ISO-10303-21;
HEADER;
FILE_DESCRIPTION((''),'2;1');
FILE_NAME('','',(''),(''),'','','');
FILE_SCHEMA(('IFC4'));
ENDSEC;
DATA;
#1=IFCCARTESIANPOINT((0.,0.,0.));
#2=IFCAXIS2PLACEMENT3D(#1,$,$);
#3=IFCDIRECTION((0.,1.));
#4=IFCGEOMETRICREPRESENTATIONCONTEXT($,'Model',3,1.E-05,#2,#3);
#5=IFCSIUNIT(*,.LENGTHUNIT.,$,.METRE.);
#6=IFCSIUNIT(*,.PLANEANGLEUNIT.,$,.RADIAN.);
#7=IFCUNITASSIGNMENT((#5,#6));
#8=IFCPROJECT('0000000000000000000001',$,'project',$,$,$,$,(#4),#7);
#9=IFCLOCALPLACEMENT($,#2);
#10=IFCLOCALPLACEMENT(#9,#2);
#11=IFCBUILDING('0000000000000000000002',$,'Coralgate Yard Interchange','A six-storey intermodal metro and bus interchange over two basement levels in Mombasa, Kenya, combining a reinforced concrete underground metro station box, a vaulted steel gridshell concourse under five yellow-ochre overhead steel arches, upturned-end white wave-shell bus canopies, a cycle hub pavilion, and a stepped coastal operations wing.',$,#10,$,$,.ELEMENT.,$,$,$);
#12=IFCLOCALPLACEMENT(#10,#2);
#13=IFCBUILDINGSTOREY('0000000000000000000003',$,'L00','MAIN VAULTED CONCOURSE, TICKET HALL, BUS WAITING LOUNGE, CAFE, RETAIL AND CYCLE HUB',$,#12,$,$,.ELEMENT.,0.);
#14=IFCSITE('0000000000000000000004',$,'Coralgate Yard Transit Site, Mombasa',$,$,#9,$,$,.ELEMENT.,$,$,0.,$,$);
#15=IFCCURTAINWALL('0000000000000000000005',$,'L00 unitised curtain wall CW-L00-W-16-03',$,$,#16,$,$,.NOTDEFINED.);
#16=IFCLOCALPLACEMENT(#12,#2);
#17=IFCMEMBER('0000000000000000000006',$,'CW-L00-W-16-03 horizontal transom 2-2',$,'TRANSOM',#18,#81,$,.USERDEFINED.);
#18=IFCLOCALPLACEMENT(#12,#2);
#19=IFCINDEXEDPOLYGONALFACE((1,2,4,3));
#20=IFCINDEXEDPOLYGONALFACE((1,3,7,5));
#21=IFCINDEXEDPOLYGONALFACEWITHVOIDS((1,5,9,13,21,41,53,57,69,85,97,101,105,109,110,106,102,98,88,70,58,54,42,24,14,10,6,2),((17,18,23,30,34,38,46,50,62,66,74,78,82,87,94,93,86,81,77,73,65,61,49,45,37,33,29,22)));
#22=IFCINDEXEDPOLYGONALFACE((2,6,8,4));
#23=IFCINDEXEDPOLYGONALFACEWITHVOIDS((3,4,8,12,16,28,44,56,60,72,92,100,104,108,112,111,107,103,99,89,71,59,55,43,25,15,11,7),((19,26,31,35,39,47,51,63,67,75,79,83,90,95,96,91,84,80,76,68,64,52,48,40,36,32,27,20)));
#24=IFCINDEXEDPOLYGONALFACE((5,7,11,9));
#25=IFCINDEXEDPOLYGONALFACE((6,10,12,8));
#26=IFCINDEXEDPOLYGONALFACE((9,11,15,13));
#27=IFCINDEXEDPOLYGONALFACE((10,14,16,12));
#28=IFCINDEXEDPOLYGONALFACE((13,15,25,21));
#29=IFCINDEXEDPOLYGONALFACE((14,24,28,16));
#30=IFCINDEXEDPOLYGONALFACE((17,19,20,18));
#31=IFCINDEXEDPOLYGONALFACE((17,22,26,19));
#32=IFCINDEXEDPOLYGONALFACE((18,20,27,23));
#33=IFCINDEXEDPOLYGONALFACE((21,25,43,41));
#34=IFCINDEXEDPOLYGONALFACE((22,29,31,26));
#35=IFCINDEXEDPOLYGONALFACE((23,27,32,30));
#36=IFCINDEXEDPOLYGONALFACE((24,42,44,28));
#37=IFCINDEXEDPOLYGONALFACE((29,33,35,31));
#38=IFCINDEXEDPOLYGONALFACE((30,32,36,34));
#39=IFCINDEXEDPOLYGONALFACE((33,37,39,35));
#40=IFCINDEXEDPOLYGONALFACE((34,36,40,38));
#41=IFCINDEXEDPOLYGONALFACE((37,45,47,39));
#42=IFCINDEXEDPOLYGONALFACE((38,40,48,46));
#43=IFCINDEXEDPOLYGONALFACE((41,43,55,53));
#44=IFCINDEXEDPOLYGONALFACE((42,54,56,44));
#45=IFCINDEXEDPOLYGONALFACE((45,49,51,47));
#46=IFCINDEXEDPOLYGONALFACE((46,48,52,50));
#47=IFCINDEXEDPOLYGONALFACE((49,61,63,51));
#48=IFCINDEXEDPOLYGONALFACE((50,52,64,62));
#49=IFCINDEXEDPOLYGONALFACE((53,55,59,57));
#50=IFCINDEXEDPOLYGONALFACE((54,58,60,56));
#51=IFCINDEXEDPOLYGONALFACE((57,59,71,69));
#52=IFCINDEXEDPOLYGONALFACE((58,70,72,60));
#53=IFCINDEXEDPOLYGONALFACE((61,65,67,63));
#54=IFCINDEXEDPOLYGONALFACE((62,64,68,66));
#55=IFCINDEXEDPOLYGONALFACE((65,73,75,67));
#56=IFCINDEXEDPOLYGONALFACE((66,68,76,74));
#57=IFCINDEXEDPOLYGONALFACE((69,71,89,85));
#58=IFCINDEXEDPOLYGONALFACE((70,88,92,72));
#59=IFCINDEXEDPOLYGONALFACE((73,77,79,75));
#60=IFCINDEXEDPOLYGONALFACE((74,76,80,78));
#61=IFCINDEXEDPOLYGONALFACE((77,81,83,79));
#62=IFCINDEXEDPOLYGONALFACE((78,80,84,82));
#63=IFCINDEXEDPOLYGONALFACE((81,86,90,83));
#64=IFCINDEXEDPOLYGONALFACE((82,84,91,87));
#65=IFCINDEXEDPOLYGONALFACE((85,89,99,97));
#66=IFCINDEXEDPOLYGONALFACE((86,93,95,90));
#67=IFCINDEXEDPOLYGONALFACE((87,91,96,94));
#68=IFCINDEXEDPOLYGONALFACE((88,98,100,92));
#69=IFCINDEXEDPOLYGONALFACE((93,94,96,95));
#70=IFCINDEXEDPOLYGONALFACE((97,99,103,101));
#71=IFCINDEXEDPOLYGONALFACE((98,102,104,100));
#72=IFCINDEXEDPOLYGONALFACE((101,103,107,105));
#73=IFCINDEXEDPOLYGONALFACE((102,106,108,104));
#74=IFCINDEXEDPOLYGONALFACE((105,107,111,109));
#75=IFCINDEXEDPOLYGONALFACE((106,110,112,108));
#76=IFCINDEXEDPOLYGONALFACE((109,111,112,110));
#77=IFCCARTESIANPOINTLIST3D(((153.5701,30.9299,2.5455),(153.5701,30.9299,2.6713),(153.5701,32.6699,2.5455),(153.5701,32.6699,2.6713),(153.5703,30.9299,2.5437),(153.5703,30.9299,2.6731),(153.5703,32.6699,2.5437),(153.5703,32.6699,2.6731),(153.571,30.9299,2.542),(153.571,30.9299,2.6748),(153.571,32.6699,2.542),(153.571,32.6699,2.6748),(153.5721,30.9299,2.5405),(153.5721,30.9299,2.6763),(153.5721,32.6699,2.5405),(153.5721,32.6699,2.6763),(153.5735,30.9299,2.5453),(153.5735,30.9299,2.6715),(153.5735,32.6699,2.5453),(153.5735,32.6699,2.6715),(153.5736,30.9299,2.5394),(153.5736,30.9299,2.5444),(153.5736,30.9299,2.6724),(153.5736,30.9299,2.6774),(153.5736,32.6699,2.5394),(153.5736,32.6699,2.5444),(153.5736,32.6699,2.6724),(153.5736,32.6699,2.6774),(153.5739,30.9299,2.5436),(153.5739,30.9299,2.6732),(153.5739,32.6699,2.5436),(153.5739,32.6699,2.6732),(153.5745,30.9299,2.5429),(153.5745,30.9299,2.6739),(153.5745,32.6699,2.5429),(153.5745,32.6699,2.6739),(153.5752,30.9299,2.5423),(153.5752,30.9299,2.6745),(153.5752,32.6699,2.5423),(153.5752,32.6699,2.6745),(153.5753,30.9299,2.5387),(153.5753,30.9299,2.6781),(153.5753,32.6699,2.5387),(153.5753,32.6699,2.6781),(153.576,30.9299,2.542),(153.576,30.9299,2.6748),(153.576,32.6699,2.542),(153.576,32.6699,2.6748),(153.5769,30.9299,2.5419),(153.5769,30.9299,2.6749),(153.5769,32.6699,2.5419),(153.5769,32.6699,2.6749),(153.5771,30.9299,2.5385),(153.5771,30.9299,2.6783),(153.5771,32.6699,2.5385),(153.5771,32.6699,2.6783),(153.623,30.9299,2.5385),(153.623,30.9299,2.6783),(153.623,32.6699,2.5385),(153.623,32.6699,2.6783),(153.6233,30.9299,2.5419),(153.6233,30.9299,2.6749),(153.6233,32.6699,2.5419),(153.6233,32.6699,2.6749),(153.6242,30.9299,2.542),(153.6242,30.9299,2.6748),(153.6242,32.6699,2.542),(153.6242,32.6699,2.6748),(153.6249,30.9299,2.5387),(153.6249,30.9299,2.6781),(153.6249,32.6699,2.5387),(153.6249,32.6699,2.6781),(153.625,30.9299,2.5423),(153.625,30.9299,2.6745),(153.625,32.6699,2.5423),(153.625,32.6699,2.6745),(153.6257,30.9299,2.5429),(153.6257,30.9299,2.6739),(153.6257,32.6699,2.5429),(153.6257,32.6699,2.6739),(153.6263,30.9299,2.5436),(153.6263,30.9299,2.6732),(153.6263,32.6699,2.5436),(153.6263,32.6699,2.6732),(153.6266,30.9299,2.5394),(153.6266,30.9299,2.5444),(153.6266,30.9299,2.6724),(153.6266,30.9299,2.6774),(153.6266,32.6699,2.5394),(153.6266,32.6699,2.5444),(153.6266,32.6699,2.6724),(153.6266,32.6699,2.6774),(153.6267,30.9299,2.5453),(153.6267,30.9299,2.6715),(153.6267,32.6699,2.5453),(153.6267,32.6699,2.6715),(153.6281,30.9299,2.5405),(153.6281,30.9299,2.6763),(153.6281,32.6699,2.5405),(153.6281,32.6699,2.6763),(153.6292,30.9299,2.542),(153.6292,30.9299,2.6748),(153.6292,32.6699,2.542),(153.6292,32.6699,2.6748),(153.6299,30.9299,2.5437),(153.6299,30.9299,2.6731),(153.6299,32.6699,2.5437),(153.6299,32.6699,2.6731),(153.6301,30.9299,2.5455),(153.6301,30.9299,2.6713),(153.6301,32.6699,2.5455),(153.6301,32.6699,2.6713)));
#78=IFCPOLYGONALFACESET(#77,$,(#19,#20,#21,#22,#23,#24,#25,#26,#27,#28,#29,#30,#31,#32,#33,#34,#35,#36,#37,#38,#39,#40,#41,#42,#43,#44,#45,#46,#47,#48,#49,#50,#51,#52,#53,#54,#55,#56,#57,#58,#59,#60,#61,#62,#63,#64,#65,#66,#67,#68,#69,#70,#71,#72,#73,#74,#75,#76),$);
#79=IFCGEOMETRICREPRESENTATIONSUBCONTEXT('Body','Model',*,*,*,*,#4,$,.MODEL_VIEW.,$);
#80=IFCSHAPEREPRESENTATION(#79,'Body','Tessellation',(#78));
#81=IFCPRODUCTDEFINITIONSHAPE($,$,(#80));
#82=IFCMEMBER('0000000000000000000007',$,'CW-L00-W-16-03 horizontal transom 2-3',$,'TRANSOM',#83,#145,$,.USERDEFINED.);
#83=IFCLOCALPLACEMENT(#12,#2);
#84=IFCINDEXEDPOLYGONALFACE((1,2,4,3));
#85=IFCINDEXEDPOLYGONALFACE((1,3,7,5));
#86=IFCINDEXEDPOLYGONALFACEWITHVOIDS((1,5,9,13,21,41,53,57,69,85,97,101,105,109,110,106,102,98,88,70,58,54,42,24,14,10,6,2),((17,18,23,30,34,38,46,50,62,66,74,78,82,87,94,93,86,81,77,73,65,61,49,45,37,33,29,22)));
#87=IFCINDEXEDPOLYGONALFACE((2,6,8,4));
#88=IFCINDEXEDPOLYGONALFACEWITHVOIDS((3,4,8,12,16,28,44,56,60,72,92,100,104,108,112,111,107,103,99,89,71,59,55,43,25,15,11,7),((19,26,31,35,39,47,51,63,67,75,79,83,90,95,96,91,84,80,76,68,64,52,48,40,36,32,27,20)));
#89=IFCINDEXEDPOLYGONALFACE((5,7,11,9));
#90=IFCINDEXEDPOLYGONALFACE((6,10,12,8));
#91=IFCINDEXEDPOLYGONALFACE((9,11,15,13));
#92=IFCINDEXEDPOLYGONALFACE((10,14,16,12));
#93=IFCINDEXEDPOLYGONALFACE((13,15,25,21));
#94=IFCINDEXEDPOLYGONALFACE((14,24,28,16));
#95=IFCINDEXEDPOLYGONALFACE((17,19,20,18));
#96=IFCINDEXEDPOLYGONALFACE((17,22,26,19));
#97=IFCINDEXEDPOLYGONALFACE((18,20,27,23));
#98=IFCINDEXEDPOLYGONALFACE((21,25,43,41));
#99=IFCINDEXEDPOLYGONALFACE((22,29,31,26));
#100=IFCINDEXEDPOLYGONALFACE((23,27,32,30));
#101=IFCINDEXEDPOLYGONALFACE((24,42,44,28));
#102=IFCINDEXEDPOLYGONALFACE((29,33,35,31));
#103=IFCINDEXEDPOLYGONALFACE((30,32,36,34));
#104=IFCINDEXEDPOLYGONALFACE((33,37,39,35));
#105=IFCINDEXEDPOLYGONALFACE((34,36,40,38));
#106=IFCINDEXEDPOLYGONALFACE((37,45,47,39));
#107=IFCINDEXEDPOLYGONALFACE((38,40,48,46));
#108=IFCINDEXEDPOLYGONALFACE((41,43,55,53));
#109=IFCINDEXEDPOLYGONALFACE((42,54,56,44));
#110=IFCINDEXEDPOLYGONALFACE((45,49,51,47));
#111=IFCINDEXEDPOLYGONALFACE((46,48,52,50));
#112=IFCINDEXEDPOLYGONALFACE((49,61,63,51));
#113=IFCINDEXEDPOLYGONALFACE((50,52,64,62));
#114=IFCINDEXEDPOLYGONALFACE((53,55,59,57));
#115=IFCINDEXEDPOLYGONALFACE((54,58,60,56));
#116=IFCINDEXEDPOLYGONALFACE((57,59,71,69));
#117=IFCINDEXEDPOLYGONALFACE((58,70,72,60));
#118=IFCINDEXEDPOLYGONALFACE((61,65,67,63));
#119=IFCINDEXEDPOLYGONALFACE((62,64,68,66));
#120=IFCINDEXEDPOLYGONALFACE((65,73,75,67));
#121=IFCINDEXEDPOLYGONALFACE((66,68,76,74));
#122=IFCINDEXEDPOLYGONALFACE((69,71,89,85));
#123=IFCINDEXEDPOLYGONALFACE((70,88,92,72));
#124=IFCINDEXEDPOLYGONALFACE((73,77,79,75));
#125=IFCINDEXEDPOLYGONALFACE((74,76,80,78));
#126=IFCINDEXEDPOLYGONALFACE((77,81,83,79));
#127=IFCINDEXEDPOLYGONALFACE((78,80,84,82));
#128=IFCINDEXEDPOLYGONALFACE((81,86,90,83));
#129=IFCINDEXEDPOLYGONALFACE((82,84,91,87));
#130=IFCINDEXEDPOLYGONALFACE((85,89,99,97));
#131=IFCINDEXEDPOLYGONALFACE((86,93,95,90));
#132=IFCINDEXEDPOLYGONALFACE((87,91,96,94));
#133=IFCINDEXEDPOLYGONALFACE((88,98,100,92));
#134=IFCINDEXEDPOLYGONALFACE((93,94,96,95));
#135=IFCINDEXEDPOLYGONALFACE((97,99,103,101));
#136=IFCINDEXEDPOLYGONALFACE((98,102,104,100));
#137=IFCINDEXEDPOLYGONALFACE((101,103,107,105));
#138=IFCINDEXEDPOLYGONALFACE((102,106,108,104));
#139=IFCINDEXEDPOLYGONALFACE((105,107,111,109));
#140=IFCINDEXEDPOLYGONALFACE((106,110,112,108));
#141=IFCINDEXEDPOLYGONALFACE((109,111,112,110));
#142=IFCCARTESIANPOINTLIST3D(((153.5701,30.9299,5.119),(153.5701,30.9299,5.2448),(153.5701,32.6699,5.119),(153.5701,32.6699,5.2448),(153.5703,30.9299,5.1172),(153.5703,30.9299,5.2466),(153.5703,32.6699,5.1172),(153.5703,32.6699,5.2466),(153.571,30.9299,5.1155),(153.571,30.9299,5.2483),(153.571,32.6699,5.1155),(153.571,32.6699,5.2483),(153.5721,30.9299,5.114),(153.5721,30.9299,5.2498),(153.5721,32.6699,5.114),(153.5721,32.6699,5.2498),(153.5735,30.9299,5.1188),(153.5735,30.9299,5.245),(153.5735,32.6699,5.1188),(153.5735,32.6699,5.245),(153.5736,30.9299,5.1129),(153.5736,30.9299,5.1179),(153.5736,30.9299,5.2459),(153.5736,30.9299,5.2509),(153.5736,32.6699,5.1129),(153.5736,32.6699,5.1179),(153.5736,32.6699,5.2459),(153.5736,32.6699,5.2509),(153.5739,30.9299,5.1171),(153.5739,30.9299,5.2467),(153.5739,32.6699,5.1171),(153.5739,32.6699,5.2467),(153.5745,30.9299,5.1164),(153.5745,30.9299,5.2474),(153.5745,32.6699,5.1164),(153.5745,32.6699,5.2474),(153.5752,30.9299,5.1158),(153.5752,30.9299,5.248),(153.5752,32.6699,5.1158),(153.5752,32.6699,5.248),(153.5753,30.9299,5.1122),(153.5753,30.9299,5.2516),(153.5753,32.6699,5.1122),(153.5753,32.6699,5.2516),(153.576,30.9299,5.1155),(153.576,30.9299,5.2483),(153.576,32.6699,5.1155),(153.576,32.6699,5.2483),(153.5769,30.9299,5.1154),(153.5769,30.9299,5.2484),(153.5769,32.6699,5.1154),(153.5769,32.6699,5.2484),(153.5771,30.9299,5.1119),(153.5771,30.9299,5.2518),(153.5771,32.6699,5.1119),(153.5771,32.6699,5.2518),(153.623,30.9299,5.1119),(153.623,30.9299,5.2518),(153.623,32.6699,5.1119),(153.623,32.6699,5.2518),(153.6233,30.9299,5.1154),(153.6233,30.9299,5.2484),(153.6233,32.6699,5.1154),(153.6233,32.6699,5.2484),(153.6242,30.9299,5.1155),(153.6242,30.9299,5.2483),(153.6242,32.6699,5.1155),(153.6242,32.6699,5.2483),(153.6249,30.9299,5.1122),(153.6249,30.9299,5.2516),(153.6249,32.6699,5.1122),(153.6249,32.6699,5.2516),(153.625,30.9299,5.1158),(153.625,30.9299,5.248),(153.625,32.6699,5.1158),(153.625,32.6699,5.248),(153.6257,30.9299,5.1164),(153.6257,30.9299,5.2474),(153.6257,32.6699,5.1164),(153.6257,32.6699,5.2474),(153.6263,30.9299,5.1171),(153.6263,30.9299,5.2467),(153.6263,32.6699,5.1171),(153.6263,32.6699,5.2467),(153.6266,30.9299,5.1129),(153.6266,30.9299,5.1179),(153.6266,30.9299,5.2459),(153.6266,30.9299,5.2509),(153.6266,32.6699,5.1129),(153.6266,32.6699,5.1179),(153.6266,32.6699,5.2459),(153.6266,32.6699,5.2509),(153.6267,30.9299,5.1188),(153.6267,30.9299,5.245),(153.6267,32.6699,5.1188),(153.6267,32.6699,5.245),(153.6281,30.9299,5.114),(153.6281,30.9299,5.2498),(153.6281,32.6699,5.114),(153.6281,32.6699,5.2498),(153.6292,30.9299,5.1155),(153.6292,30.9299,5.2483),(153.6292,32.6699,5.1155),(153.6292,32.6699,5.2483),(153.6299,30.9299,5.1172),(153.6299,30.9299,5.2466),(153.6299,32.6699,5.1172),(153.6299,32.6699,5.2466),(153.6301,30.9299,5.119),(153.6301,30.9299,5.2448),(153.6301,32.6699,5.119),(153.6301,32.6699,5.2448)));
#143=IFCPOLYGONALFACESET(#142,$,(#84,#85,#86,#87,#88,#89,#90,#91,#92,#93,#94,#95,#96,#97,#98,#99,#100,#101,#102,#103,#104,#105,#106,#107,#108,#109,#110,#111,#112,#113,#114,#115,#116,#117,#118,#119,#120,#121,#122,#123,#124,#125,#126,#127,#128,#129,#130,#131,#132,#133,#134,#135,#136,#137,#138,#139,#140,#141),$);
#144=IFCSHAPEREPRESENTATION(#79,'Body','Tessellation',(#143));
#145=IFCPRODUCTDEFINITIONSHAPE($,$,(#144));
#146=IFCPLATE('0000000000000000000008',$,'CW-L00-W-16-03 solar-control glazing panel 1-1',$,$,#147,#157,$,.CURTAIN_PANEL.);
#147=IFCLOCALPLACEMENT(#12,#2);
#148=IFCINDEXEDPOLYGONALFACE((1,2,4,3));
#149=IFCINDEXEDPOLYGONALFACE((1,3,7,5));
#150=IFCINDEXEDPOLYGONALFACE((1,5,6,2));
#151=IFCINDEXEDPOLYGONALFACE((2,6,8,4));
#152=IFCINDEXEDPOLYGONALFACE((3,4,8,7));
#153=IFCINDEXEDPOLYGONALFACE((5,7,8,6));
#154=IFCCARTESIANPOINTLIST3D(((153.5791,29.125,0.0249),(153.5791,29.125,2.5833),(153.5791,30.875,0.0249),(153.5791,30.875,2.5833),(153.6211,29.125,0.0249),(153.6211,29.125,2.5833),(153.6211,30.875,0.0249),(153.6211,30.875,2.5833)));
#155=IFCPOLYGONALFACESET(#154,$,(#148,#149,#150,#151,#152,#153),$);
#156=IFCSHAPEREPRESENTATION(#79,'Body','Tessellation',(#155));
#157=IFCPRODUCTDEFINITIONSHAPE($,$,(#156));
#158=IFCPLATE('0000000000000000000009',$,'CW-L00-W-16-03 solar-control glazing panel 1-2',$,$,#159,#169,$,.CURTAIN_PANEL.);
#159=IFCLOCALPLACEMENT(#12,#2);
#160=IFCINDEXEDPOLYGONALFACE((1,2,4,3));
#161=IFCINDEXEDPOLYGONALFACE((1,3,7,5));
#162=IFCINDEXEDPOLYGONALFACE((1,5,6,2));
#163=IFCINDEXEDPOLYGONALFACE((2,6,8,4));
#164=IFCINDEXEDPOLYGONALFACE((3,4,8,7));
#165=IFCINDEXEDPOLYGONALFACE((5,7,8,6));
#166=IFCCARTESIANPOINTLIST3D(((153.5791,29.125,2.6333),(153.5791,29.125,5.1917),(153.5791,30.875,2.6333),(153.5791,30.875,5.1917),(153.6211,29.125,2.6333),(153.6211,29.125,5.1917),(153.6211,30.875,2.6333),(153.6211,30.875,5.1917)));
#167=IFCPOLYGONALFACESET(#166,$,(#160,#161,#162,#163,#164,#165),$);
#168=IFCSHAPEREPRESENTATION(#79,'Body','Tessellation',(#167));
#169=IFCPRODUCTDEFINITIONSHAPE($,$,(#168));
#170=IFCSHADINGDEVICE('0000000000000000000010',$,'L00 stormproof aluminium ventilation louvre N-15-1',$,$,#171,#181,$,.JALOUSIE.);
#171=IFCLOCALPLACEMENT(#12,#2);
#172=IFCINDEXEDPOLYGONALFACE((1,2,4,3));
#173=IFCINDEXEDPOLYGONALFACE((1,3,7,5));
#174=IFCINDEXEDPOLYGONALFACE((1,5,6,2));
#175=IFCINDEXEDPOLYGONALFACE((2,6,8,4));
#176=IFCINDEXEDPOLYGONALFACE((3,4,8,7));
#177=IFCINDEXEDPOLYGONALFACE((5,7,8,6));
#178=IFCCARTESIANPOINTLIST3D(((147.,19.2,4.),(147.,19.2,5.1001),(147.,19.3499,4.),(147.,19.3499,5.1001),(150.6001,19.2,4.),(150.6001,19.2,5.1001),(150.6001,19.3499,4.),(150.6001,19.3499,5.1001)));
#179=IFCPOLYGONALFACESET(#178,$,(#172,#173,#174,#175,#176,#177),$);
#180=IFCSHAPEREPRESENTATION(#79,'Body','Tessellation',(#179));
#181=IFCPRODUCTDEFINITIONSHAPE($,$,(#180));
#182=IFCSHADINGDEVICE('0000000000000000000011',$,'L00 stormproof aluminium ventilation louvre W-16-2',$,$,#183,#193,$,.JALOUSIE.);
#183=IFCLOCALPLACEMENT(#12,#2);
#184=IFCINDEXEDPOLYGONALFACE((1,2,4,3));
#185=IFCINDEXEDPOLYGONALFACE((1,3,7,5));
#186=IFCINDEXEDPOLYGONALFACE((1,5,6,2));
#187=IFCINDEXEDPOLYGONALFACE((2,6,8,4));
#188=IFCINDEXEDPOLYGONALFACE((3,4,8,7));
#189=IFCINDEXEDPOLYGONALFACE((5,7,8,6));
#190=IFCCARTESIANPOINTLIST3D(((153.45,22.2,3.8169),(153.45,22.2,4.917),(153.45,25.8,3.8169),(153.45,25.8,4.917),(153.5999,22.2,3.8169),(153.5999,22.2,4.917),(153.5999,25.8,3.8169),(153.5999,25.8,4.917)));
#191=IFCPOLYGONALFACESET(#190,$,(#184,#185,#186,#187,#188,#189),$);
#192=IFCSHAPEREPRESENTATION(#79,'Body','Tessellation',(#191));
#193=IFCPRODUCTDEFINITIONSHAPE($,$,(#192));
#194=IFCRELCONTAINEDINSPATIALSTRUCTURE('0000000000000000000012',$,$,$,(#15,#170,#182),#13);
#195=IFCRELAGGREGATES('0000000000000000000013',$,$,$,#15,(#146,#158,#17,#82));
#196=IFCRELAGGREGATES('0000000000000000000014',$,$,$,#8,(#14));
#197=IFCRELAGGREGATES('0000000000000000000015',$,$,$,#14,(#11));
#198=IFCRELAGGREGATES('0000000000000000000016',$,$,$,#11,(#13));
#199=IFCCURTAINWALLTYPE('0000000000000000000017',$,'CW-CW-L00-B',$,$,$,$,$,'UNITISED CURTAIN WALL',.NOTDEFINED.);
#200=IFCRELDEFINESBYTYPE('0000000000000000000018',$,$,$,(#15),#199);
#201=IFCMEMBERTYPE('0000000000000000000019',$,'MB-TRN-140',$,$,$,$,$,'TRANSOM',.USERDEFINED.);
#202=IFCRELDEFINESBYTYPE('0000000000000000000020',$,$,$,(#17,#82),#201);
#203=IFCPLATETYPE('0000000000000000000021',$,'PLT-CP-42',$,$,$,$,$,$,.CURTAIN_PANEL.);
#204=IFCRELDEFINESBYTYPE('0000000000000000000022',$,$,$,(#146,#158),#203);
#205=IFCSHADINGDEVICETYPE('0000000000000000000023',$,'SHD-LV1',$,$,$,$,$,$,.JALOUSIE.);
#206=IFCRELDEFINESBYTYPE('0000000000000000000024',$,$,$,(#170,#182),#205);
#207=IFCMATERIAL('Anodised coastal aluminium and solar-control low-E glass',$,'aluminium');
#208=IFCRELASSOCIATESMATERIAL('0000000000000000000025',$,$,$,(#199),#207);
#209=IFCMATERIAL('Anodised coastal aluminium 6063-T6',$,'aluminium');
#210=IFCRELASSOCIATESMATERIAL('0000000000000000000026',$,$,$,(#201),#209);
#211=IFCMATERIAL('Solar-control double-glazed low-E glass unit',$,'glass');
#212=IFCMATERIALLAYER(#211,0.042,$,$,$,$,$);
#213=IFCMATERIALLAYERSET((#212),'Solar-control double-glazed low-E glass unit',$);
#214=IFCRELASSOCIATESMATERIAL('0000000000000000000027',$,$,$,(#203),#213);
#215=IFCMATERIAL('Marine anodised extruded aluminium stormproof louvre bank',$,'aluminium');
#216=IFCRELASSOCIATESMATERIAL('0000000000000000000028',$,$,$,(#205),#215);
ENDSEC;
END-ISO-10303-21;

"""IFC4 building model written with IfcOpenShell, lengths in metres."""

from ifc_helpers import new_model, si_unit, direction, frame, origin, origin_2d, place, context, subcontext, project, spatial, rectangle, hollow_rectangle, extrude, material, layer, layer_set, material_profile, profile_set, type_object, element, aggregate, save


model = new_model("IFC4")

# Units and contexts
model_context = context("Model", 3, precision=1e-05, world=origin(), true_north=direction((0.0, 1.0)))
body_context = subcontext(model_context, "Body", "Model", "MODEL_VIEW")
ifc_project = project(units=[si_unit("LENGTHUNIT", "METRE"), si_unit("PLANEANGLEUNIT", "RADIAN")], contexts=[model_context])

# Site, building, storey
site_placement = place(None, origin())
site = spatial("IfcSite", under=ifc_project, at=site_placement, Name="Coralgate Yard Transit Site, Mombasa", CompositionType="ELEMENT", RefElevation=0.0)
building_placement = place(site_placement, origin())
building = spatial("IfcBuilding", under=site, at=building_placement, Name="Coralgate Yard Interchange", Description="A six-storey intermodal metro and bus interchange over two basement levels in Mombasa, Kenya, combining a reinforced concrete underground metro station box, a vaulted steel gridshell concourse under five yellow-ochre overhead steel arches, upturned-end white wave-shell bus canopies, a cycle hub pavilion, and a stepped coastal operations wing.", CompositionType="ELEMENT")
storey_placement = place(building_placement, origin())
storey = spatial("IfcBuildingStorey", under=building, at=storey_placement, Name="L00", Description="MAIN VAULTED CONCOURSE, TICKET HALL, BUS WAITING LOUNGE, CAFE, RETAIL AND CYCLE HUB", CompositionType="ELEMENT", Elevation=0.0)

# Curtain wall, members, plates
ifc_material_1 = material(Name="Anodised coastal aluminium and solar-control low-E glass", Category="aluminium")
curtain_wall_type = type_object("IfcCurtainWallType", Name="CW-CW-L00-B", ElementType="UNITISED CURTAIN WALL", PredefinedType="NOTDEFINED", material=ifc_material_1)
curtain_wall_placement = place(storey_placement, origin())
curtain_wall = element("IfcCurtainWall", 1, at=curtain_wall_placement, inside=storey, type_object=curtain_wall_type, Name="L00 unitised curtain wall CW-L00-W-16-03", PredefinedType="NOTDEFINED")
ifc_material_2 = material(Name="Anodised coastal aluminium 6063-T6", Category="aluminium")
ifc_material_profile_1 = material_profile(ifc_material_2, hollow_rectangle(XDim=0.0601, YDim=0.1399, WallThickness=0.0034, InnerFilletRadius=0.0034, OuterFilletRadius=0.0071, at=origin_2d()), Name="ALU 60x140x3.5")
ifc_profile_set_1 = profile_set([ifc_material_profile_1], Name="Anodised coastal aluminium 6063-T6")
member_type_1 = type_object("IfcMemberType", Name="MB-TRN-140", ElementType="TRANSOM", PredefinedType="USERDEFINED", material=ifc_profile_set_1)
member_1_placement = place(storey_placement, frame((153.6001, 30.9299, 2.6084), z_axis=(0.0, 1.0, 0.0), x_axis=(-1.0, 0.0, 0.0)))
member_1 = element("IfcMember", 2, at=member_1_placement, type_object=member_type_1, Name="CW-L00-W-16-03 horizontal transom 2-2", ObjectType="TRANSOM", PredefinedType="USERDEFINED", context=body_context, shape_type="SweptSolid", body=[
    extrude(hollow_rectangle(XDim=0.0601, YDim=0.1399, WallThickness=0.0034, InnerFilletRadius=0.0034, OuterFilletRadius=0.0071, at=origin_2d()), origin(), (0.0, 0.0, 1.0), 1.74),
])
member_2_placement = place(storey_placement, frame((153.6001, 30.9299, 5.1819), z_axis=(0.0, 1.0, 0.0), x_axis=(-1.0, 0.0, 0.0)))
member_2 = element("IfcMember", 3, at=member_2_placement, type_object=member_type_1, Name="CW-L00-W-16-03 horizontal transom 2-3", ObjectType="TRANSOM", PredefinedType="USERDEFINED", context=body_context, shape_type="SweptSolid", body=[
    extrude(hollow_rectangle(XDim=0.0601, YDim=0.1399, WallThickness=0.0034, InnerFilletRadius=0.0034, OuterFilletRadius=0.0071, at=origin_2d()), origin(), (0.0, 0.0, 1.0), 1.74),
])
ifc_material_3 = material(Name="Solar-control double-glazed low-E glass unit", Category="glass")
ifc_layer = layer(ifc_material_3, 0.042)
ifc_layer_set = layer_set([ifc_layer], Name="Solar-control double-glazed low-E glass unit")
plate_type = type_object("IfcPlateType", Name="PLT-CP-42", PredefinedType="CURTAIN_PANEL", material=ifc_layer_set)
plate_1_placement = place(storey_placement, frame((153.6001, 30.0, 0.0249), z_axis=(0.0, 0.0, 1.0), x_axis=(0.0, 1.0, 0.0)))
plate_1 = element("IfcPlate", 4, at=plate_1_placement, type_object=plate_type, Name="CW-L00-W-16-03 solar-control glazing panel 1-1", PredefinedType="CURTAIN_PANEL", context=body_context, shape_type="SweptSolid", body=[
    extrude(rectangle(XDim=1.75, YDim=0.042, at=origin_2d()), origin(), (0.0, 0.0, 1.0), 2.5583),
])
plate_2_placement = place(storey_placement, frame((153.6001, 30.0, 2.6333), z_axis=(0.0, 0.0, 1.0), x_axis=(0.0, 1.0, 0.0)))
plate_2 = element("IfcPlate", 5, at=plate_2_placement, type_object=plate_type, Name="CW-L00-W-16-03 solar-control glazing panel 1-2", PredefinedType="CURTAIN_PANEL", context=body_context, shape_type="SweptSolid", body=[
    extrude(rectangle(XDim=1.75, YDim=0.042, at=origin_2d()), origin(), (0.0, 0.0, 1.0), 2.5583),
])
aggregate(curtain_wall, [plate_1, plate_2, member_1, member_2])

# Shading devices
ifc_material_4 = material(Name="Marine anodised extruded aluminium stormproof louvre bank", Category="aluminium")
shading_device_type = type_object("IfcShadingDeviceType", Name="SHD-LV1", PredefinedType="JALOUSIE", material=ifc_material_4)
for number, where, z_axis, x_axis, name in (
    (6, (148.8, 19.2749, 4.0), (0.0, 0.0, 1.0), (1.0, 0.0, 0.0), "L00 stormproof aluminium ventilation louvre N-15-1"),
    (7, (153.5249, 24.0, 3.8169), (0.0, 0.0, 1.0), (0.0, 1.0, 0.0), "L00 stormproof aluminium ventilation louvre W-16-2"),
):
    element("IfcShadingDevice", number, at=place(storey_placement, frame(where, z_axis=z_axis, x_axis=x_axis)), inside=storey, type_object=shading_device_type, Name=name, PredefinedType="JALOUSIE", context=body_context, shape_type="SweptSolid", body=[
        extrude(rectangle(XDim=3.6001, YDim=0.1499, at=origin_2d()), origin(), (0.0, 0.0, 1.0), 1.1001),
    ])

save(model, "model.ifc")
